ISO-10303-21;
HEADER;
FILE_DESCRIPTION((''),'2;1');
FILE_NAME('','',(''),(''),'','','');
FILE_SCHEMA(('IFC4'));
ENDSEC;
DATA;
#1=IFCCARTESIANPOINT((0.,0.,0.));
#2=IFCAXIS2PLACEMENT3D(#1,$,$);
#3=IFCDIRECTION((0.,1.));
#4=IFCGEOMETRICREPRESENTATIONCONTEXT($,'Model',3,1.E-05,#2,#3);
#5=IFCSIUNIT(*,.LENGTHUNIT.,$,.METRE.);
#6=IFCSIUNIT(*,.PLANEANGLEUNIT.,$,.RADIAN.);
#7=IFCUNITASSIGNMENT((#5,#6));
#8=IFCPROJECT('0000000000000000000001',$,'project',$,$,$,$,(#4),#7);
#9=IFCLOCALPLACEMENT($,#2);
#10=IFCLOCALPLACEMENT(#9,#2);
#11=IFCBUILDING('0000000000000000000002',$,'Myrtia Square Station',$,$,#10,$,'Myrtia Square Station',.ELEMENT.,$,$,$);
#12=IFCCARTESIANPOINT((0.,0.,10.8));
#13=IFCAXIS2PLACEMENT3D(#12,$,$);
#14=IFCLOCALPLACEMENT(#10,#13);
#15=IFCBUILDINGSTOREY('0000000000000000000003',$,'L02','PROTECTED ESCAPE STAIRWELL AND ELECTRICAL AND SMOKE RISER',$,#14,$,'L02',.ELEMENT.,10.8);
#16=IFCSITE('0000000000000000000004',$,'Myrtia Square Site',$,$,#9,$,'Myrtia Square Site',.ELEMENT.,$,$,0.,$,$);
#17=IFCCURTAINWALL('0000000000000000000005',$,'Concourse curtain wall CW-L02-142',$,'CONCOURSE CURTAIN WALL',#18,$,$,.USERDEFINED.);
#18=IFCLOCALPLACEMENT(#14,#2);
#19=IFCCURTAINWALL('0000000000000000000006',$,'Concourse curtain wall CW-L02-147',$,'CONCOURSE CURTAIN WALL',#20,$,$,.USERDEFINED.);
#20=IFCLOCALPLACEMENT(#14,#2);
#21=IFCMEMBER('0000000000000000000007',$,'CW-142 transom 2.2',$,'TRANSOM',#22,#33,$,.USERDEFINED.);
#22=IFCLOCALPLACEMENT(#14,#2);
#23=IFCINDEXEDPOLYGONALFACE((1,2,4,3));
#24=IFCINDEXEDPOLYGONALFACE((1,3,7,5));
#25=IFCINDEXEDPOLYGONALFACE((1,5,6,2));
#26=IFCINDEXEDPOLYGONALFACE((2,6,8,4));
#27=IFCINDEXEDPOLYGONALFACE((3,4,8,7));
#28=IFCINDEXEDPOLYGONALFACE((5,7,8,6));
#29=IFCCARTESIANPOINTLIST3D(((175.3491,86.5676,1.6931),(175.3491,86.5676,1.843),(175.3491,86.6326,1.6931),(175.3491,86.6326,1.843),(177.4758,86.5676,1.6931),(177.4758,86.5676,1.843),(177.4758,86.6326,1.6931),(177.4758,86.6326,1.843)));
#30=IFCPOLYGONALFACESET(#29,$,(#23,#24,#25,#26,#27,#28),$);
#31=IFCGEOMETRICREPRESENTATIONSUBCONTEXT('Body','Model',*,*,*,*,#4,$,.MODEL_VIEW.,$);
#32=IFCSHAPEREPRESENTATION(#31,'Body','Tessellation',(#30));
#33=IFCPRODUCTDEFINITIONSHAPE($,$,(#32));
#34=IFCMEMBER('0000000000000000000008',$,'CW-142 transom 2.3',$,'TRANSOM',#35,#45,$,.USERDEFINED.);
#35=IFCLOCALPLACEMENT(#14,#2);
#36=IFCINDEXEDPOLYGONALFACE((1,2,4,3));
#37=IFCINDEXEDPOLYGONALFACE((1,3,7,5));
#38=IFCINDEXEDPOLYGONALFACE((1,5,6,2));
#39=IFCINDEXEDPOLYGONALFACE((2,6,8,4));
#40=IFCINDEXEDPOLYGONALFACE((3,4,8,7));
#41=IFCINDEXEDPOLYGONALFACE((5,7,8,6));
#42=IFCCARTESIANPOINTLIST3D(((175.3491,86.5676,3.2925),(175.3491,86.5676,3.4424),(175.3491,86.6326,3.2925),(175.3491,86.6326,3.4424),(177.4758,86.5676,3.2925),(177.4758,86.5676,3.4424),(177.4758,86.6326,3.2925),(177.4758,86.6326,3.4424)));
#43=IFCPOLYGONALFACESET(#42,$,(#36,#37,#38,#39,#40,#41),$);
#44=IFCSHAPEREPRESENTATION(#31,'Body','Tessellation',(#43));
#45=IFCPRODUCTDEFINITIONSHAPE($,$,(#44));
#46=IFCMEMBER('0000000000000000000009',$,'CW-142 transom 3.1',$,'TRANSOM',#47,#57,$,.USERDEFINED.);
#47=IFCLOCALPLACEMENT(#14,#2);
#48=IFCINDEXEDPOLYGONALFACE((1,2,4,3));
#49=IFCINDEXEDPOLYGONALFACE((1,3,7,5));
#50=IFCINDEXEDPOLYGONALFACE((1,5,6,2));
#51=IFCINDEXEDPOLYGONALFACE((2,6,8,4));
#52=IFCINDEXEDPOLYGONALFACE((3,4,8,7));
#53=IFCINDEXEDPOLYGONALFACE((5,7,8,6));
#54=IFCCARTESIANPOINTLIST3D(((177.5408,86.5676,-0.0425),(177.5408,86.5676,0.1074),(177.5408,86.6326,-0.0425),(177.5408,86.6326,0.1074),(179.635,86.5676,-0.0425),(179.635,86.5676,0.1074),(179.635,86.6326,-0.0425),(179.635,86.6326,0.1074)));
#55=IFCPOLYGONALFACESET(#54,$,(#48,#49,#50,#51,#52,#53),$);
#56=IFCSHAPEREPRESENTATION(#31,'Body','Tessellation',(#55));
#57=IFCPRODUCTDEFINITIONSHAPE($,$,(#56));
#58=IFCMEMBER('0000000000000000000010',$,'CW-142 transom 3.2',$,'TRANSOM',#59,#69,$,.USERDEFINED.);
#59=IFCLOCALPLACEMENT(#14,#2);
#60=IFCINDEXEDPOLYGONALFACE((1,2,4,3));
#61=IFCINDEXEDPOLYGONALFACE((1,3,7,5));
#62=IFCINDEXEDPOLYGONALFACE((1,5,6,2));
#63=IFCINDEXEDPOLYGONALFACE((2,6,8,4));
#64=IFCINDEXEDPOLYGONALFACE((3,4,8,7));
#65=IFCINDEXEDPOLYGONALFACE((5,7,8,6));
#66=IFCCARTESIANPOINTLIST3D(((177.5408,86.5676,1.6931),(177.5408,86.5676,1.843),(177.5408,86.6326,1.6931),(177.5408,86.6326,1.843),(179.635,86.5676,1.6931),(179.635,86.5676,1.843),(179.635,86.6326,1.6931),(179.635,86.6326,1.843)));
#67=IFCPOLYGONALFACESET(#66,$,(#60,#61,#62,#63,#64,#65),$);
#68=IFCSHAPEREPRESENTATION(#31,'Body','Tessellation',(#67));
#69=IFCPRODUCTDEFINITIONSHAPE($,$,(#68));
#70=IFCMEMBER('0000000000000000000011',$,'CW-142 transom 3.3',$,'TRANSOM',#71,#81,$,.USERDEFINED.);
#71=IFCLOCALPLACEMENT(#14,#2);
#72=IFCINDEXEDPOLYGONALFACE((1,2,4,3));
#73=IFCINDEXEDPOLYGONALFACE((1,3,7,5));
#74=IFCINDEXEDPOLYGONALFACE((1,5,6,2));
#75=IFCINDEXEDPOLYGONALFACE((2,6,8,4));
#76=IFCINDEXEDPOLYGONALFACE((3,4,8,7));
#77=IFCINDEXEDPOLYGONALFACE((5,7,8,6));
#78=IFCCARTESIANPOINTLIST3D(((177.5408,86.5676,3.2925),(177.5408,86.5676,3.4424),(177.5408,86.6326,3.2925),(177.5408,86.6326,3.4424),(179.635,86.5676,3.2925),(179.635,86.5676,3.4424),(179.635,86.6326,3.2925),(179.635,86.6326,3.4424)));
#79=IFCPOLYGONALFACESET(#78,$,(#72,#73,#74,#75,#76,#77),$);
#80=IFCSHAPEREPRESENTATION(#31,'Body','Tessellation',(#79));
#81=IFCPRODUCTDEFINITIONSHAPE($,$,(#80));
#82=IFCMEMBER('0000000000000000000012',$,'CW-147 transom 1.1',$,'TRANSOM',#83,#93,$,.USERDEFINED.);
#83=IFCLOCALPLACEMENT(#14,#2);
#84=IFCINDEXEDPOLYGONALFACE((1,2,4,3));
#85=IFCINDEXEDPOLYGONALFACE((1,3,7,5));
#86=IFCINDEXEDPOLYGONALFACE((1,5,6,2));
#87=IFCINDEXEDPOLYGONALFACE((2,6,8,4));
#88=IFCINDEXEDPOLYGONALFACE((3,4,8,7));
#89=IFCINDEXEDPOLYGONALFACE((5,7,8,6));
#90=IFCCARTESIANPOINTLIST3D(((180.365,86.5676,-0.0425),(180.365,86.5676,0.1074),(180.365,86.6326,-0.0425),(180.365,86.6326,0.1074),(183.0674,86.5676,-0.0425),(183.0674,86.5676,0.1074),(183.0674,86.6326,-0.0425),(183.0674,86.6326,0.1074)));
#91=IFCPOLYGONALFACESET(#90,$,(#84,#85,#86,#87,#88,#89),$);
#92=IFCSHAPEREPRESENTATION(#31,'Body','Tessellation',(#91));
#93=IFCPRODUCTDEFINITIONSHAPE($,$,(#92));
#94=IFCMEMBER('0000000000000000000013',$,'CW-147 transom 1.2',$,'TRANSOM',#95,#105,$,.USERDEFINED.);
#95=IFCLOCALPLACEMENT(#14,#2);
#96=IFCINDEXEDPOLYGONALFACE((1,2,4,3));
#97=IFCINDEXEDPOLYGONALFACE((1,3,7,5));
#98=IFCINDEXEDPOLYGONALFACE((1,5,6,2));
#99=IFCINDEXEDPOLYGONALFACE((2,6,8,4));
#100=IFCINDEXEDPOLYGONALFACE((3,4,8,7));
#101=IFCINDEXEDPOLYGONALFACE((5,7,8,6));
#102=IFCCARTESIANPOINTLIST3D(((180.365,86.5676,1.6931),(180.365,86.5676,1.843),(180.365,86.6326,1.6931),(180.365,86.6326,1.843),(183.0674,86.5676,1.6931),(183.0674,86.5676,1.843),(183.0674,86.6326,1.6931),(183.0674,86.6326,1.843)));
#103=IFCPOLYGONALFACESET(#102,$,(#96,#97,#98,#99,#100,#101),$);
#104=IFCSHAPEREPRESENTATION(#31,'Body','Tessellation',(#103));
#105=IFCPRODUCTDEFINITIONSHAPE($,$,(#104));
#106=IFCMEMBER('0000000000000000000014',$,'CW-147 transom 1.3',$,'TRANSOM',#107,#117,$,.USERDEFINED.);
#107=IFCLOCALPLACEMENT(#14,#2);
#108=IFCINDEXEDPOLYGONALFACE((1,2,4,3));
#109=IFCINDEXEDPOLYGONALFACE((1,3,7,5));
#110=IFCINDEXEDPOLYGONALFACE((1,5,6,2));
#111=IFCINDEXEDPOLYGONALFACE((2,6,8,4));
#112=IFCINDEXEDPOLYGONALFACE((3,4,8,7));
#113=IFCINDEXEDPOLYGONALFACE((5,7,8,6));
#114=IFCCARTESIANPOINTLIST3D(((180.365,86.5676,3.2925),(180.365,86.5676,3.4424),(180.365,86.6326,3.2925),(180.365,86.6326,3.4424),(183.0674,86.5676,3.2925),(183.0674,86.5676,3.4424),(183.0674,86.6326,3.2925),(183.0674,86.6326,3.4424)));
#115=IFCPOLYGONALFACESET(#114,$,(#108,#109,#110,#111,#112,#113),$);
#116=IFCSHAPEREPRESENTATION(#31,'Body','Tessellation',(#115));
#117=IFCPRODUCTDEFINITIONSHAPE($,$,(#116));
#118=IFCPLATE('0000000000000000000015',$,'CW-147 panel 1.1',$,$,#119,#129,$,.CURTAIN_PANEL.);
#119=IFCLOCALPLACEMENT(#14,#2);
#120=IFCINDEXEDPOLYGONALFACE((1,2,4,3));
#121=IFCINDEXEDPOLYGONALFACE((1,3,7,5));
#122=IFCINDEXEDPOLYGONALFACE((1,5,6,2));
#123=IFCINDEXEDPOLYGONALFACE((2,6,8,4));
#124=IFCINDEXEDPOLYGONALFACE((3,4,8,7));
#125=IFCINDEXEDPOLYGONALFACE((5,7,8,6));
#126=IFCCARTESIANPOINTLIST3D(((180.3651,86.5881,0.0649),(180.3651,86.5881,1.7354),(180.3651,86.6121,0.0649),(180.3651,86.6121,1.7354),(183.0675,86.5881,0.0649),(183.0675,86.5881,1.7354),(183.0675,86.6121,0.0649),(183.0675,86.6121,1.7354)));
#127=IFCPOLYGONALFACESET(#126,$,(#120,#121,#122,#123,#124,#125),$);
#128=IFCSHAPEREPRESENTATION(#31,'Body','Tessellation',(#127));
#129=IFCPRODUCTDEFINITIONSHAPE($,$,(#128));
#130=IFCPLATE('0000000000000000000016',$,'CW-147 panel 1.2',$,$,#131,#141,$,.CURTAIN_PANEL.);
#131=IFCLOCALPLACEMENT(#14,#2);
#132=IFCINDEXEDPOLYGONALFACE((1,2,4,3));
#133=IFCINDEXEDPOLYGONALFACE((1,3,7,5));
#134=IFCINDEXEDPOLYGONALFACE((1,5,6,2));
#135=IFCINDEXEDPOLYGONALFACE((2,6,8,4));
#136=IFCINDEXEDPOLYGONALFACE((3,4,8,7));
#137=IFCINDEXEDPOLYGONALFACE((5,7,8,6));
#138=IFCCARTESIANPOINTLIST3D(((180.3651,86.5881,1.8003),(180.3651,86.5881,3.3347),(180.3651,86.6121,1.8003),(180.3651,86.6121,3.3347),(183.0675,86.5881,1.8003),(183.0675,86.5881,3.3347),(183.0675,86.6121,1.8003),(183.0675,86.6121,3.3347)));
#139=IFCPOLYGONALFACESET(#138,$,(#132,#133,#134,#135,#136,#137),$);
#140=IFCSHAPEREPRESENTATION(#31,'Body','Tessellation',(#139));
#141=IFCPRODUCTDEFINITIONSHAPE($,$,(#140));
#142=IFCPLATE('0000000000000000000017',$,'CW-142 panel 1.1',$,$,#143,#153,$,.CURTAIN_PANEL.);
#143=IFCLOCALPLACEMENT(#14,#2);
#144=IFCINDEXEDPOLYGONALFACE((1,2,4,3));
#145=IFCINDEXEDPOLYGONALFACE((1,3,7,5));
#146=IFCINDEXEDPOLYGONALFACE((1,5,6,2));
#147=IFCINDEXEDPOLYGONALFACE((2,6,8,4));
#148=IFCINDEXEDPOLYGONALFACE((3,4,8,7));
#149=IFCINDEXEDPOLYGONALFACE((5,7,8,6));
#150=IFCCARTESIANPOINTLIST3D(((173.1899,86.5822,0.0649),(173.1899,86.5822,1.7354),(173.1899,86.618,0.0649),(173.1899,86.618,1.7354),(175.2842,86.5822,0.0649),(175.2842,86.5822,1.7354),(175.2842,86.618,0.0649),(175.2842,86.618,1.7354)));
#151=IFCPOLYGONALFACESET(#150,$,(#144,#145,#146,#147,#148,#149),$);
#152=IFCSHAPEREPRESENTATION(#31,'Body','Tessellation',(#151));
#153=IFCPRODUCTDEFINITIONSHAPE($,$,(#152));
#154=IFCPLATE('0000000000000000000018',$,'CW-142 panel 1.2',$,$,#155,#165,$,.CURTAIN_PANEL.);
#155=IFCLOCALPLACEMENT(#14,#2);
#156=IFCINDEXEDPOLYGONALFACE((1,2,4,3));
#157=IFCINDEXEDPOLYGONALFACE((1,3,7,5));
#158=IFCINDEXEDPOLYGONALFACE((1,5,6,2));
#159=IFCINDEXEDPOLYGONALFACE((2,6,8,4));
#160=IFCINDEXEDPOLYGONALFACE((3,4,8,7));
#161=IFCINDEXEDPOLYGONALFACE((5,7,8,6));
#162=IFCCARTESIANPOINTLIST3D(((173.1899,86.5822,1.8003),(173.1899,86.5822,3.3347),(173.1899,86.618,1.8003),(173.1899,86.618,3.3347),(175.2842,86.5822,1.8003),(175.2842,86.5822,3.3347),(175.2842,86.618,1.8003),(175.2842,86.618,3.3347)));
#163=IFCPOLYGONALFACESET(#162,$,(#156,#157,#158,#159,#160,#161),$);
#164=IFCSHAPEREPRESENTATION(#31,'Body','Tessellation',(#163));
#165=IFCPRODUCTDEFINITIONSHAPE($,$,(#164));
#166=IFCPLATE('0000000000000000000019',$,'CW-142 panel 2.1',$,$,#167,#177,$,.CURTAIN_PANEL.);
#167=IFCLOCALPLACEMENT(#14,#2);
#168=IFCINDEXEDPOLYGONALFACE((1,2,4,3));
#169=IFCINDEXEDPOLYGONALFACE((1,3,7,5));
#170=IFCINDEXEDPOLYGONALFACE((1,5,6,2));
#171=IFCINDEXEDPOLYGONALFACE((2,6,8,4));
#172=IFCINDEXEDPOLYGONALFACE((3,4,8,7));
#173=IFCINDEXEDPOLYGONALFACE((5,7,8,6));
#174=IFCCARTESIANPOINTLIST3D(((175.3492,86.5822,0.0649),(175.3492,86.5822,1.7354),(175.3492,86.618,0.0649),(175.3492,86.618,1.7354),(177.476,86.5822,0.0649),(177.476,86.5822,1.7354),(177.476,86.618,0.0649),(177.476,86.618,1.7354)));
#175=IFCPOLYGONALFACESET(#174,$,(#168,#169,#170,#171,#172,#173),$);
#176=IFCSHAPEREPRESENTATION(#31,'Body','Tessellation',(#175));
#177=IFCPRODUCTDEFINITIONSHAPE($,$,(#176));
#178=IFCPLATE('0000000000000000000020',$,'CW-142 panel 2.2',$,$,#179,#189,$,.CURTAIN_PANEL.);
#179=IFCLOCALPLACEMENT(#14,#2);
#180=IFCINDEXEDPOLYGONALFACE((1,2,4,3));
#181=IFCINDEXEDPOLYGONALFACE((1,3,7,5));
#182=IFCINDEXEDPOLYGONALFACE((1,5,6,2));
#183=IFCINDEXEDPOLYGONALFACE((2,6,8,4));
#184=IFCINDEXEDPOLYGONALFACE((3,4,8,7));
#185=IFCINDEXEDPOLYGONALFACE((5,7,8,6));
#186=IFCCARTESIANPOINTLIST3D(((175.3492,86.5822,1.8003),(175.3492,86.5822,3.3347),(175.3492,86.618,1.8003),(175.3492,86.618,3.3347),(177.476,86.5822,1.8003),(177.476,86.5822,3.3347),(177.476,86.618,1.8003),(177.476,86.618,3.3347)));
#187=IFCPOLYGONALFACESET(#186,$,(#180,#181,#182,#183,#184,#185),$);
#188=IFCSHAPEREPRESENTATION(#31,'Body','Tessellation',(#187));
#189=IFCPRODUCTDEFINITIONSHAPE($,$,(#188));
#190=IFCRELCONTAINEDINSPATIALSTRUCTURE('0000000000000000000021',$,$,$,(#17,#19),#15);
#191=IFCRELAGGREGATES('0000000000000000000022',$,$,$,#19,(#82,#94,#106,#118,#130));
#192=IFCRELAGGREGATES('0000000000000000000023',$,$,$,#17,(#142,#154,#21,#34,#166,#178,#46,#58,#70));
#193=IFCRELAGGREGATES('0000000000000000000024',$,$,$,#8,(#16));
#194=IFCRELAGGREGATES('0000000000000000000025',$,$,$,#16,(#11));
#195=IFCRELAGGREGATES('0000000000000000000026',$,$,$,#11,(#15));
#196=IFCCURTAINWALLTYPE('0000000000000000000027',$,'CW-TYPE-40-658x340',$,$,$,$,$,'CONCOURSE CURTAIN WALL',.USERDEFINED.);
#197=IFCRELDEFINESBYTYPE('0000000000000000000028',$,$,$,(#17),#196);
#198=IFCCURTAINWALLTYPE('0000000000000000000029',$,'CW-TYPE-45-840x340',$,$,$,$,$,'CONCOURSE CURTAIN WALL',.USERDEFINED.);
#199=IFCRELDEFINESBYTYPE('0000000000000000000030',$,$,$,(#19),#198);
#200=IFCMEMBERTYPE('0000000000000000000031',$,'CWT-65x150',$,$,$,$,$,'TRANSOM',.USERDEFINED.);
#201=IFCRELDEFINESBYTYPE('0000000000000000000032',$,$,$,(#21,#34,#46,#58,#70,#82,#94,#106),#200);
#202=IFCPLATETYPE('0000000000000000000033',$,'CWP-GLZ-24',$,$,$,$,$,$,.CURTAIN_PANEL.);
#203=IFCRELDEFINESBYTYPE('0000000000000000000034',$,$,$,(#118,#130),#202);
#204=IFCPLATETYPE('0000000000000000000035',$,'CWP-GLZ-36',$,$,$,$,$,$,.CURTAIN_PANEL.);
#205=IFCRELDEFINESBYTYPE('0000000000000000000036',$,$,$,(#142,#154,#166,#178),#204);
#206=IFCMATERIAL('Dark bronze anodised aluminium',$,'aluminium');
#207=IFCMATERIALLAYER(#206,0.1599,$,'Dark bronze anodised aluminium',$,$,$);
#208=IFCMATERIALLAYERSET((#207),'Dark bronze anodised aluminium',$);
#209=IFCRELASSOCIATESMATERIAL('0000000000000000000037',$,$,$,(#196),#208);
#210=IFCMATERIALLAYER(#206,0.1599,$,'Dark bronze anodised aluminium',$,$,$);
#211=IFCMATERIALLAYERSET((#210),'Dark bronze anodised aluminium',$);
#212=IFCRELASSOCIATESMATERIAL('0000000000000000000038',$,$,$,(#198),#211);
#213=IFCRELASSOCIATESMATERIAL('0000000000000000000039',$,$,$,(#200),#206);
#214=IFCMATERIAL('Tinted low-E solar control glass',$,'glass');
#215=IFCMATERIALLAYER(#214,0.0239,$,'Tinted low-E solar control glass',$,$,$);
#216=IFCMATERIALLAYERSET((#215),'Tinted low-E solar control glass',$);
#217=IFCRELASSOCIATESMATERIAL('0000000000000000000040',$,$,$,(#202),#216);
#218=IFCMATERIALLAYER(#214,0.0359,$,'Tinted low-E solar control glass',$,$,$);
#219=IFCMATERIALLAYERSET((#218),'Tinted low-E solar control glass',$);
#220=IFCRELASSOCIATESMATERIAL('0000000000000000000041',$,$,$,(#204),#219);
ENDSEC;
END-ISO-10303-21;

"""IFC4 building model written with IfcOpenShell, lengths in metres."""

from ifc_helpers import new_model, si_unit, direction, frame, origin, origin_2d, place, context, subcontext, project, spatial, rectangle, extrude, material, layer, layer_set, material_profile, profile_set, type_object, element, aggregate, save


model = new_model("IFC4")

# Units and contexts
model_context = context("Model", 3, precision=1e-05, world=origin(), true_north=direction((0.0, 1.0)))
body_context = subcontext(model_context, "Body", "Model", "MODEL_VIEW")
ifc_project = project(units=[si_unit("LENGTHUNIT", "METRE"), si_unit("PLANEANGLEUNIT", "RADIAN")], contexts=[model_context])

# Site, building, storey
site_placement = place(None, origin())
site = spatial("IfcSite", under=ifc_project, at=site_placement, Name="Myrtia Square Site", LongName="Myrtia Square Site", CompositionType="ELEMENT", RefElevation=0.0)
building_placement = place(site_placement, origin())
building = spatial("IfcBuilding", under=site, at=building_placement, Name="Myrtia Square Station", LongName="Myrtia Square Station", CompositionType="ELEMENT")
storey_placement = place(building_placement, frame((0.0, 0.0, 10.8)))
storey = spatial("IfcBuildingStorey", under=building, at=storey_placement, Name="L02", Description="PROTECTED ESCAPE STAIRWELL AND ELECTRICAL AND SMOKE RISER", LongName="L02", CompositionType="ELEMENT", Elevation=10.8)

# Curtain wall
ifc_material_1 = material(Name="Dark bronze anodised aluminium", Category="aluminium")
ifc_layer_1 = layer(ifc_material_1, 0.1599, Name="Dark bronze anodised aluminium")
ifc_layer_set_1 = layer_set([ifc_layer_1], Name="Dark bronze anodised aluminium")
curtain_wall_type_1 = type_object("IfcCurtainWallType", Name="CW-TYPE-40-658x340", ElementType="CONCOURSE CURTAIN WALL", PredefinedType="USERDEFINED", material=ifc_layer_set_1)
curtain_wall_1_placement = place(storey_placement, origin())
curtain_wall_1 = element("IfcCurtainWall", 1, at=curtain_wall_1_placement, inside=storey, type_object=curtain_wall_type_1, Name="Concourse curtain wall CW-L02-142", ObjectType="CONCOURSE CURTAIN WALL", PredefinedType="USERDEFINED")

# Curtain wall
ifc_layer_2 = layer(ifc_material_1, 0.1599, Name="Dark bronze anodised aluminium")
ifc_layer_set_2 = layer_set([ifc_layer_2], Name="Dark bronze anodised aluminium")
curtain_wall_type_2 = type_object("IfcCurtainWallType", Name="CW-TYPE-45-840x340", ElementType="CONCOURSE CURTAIN WALL", PredefinedType="USERDEFINED", material=ifc_layer_set_2)
curtain_wall_2_placement = place(storey_placement, origin())
curtain_wall_2 = element("IfcCurtainWall", 2, at=curtain_wall_2_placement, inside=storey, type_object=curtain_wall_type_2, Name="Concourse curtain wall CW-L02-147", ObjectType="CONCOURSE CURTAIN WALL", PredefinedType="USERDEFINED")

# Members
ifc_material_profile_1 = material_profile(ifc_material_1, rectangle(XDim=0.0649, YDim=0.1499, at=origin_2d()), Name="ALU-T 65x150")
ifc_profile_set_1 = profile_set([ifc_material_profile_1], Name="Dark bronze anodised aluminium")
member_type_1 = type_object("IfcMemberType", Name="CWT-65x150", ElementType="TRANSOM", PredefinedType="USERDEFINED", material=ifc_profile_set_1)
member_1_placement = place(storey_placement, frame((175.3491, 86.6001, 1.7681), z_axis=(1.0, 0.0, 0.0), x_axis=(0.0, 1.0, 0.0)))
member_1 = element("IfcMember", 3, at=member_1_placement, type_object=member_type_1, Name="CW-142 transom 2.2", ObjectType="TRANSOM", PredefinedType="USERDEFINED", context=body_context, shape_type="SweptSolid", body=[
    extrude(rectangle(XDim=0.0649, YDim=0.1499, at=origin_2d()), origin(), (0.0, 0.0, 1.0), 2.1267),
])
member_2_placement = place(storey_placement, frame((175.3491, 86.6001, 3.3674), z_axis=(1.0, 0.0, 0.0), x_axis=(0.0, 1.0, 0.0)))
member_2 = element("IfcMember", 4, at=member_2_placement, type_object=member_type_1, Name="CW-142 transom 2.3", ObjectType="TRANSOM", PredefinedType="USERDEFINED", context=body_context, shape_type="SweptSolid", body=[
    extrude(rectangle(XDim=0.0649, YDim=0.1499, at=origin_2d()), origin(), (0.0, 0.0, 1.0), 2.1267),
])
member_3_placement = place(storey_placement, frame((177.5408, 86.6001, 0.0325), z_axis=(1.0, 0.0, 0.0), x_axis=(0.0, 1.0, 0.0)))
member_3 = element("IfcMember", 5, at=member_3_placement, type_object=member_type_1, Name="CW-142 transom 3.1", ObjectType="TRANSOM", PredefinedType="USERDEFINED", context=body_context, shape_type="SweptSolid", body=[
    extrude(rectangle(XDim=0.0649, YDim=0.1499, at=origin_2d()), origin(), (0.0, 0.0, 1.0), 2.0942),
])
member_4_placement = place(storey_placement, frame((177.5408, 86.6001, 1.7681), z_axis=(1.0, 0.0, 0.0), x_axis=(0.0, 1.0, 0.0)))
member_4 = element("IfcMember", 6, at=member_4_placement, type_object=member_type_1, Name="CW-142 transom 3.2", ObjectType="TRANSOM", PredefinedType="USERDEFINED", context=body_context, shape_type="SweptSolid", body=[
    extrude(rectangle(XDim=0.0649, YDim=0.1499, at=origin_2d()), origin(), (0.0, 0.0, 1.0), 2.0942),
])
member_5_placement = place(storey_placement, frame((177.5408, 86.6001, 3.3674), z_axis=(1.0, 0.0, 0.0), x_axis=(0.0, 1.0, 0.0)))
member_5 = element("IfcMember", 7, at=member_5_placement, type_object=member_type_1, Name="CW-142 transom 3.3", ObjectType="TRANSOM", PredefinedType="USERDEFINED", context=body_context, shape_type="SweptSolid", body=[
    extrude(rectangle(XDim=0.0649, YDim=0.1499, at=origin_2d()), origin(), (0.0, 0.0, 1.0), 2.0942),
])
member_6_placement = place(storey_placement, frame((180.365, 86.6001, 0.0325), z_axis=(1.0, 0.0, 0.0), x_axis=(0.0, 1.0, 0.0)))
member_6 = element("IfcMember", 8, at=member_6_placement, type_object=member_type_1, Name="CW-147 transom 1.1", ObjectType="TRANSOM", PredefinedType="USERDEFINED", context=body_context, shape_type="SweptSolid", body=[
    extrude(rectangle(XDim=0.0649, YDim=0.1499, at=origin_2d()), origin(), (0.0, 0.0, 1.0), 2.7024),
])
member_7_placement = place(storey_placement, frame((180.365, 86.6001, 1.7681), z_axis=(1.0, 0.0, 0.0), x_axis=(0.0, 1.0, 0.0)))
member_7 = element("IfcMember", 9, at=member_7_placement, type_object=member_type_1, Name="CW-147 transom 1.2", ObjectType="TRANSOM", PredefinedType="USERDEFINED", context=body_context, shape_type="SweptSolid", body=[
    extrude(rectangle(XDim=0.0649, YDim=0.1499, at=origin_2d()), origin(), (0.0, 0.0, 1.0), 2.7024),
])
member_8_placement = place(storey_placement, frame((180.365, 86.6001, 3.3674), z_axis=(1.0, 0.0, 0.0), x_axis=(0.0, 1.0, 0.0)))
member_8 = element("IfcMember", 10, at=member_8_placement, type_object=member_type_1, Name="CW-147 transom 1.3", ObjectType="TRANSOM", PredefinedType="USERDEFINED", context=body_context, shape_type="SweptSolid", body=[
    extrude(rectangle(XDim=0.0649, YDim=0.1499, at=origin_2d()), origin(), (0.0, 0.0, 1.0), 2.7024),
])

# Plates
ifc_material_2 = material(Name="Tinted low-E solar control glass", Category="glass")
ifc_layer_3 = layer(ifc_material_2, 0.0239, Name="Tinted low-E solar control glass")
ifc_layer_set_3 = layer_set([ifc_layer_3], Name="Tinted low-E solar control glass")
plate_type_1 = type_object("IfcPlateType", Name="CWP-GLZ-24", PredefinedType="CURTAIN_PANEL", material=ifc_layer_set_3)
plate_1_placement = place(storey_placement, frame((181.7163, 86.6001, 0.0649), z_axis=(0.0, 0.0, 1.0), x_axis=(1.0, 0.0, 0.0)))
plate_1 = element("IfcPlate", 11, at=plate_1_placement, type_object=plate_type_1, Name="CW-147 panel 1.1", PredefinedType="CURTAIN_PANEL", context=body_context, shape_type="SweptSolid", body=[
    extrude(rectangle(XDim=2.7024, YDim=0.0239, at=origin_2d()), origin(), (0.0, 0.0, 1.0), 1.6704),
])
plate_2_placement = place(storey_placement, frame((181.7163, 86.6001, 1.8003), z_axis=(0.0, 0.0, 1.0), x_axis=(1.0, 0.0, 0.0)))
plate_2 = element("IfcPlate", 12, at=plate_2_placement, type_object=plate_type_1, Name="CW-147 panel 1.2", PredefinedType="CURTAIN_PANEL", context=body_context, shape_type="SweptSolid", body=[
    extrude(rectangle(XDim=2.7024, YDim=0.0239, at=origin_2d()), origin(), (0.0, 0.0, 1.0), 1.5344),
])
aggregate(curtain_wall_2, [member_6, member_7, member_8, plate_1, plate_2])
ifc_layer_4 = layer(ifc_material_2, 0.0359, Name="Tinted low-E solar control glass")
ifc_layer_set_4 = layer_set([ifc_layer_4], Name="Tinted low-E solar control glass")
plate_type_2 = type_object("IfcPlateType", Name="CWP-GLZ-36", PredefinedType="CURTAIN_PANEL", material=ifc_layer_set_4)
plate_3_placement = place(storey_placement, frame((174.2371, 86.6001, 0.0649), z_axis=(0.0, 0.0, 1.0), x_axis=(1.0, 0.0, 0.0)))
plate_3 = element("IfcPlate", 13, at=plate_3_placement, type_object=plate_type_2, Name="CW-142 panel 1.1", PredefinedType="CURTAIN_PANEL", context=body_context, shape_type="SweptSolid", body=[
    extrude(rectangle(XDim=2.0942, YDim=0.0359, at=origin_2d()), origin(), (0.0, 0.0, 1.0), 1.6704),
])
plate_4_placement = place(storey_placement, frame((174.2371, 86.6001, 1.8003), z_axis=(0.0, 0.0, 1.0), x_axis=(1.0, 0.0, 0.0)))
plate_4 = element("IfcPlate", 14, at=plate_4_placement, type_object=plate_type_2, Name="CW-142 panel 1.2", PredefinedType="CURTAIN_PANEL", context=body_context, shape_type="SweptSolid", body=[
    extrude(rectangle(XDim=2.0942, YDim=0.0359, at=origin_2d()), origin(), (0.0, 0.0, 1.0), 1.5344),
])
plate_5_placement = place(storey_placement, frame((176.4126, 86.6001, 0.0649), z_axis=(0.0, 0.0, 1.0), x_axis=(1.0, 0.0, 0.0)))
plate_5 = element("IfcPlate", 15, at=plate_5_placement, type_object=plate_type_2, Name="CW-142 panel 2.1", PredefinedType="CURTAIN_PANEL", context=body_context, shape_type="SweptSolid", body=[
    extrude(rectangle(XDim=2.1267, YDim=0.0359, at=origin_2d()), origin(), (0.0, 0.0, 1.0), 1.6704),
])
plate_6_placement = place(storey_placement, frame((176.4126, 86.6001, 1.8003), z_axis=(0.0, 0.0, 1.0), x_axis=(1.0, 0.0, 0.0)))
plate_6 = element("IfcPlate", 16, at=plate_6_placement, type_object=plate_type_2, Name="CW-142 panel 2.2", PredefinedType="CURTAIN_PANEL", context=body_context, shape_type="SweptSolid", body=[
    extrude(rectangle(XDim=2.1267, YDim=0.0359, at=origin_2d()), origin(), (0.0, 0.0, 1.0), 1.5344),
])
aggregate(curtain_wall_1, [plate_3, plate_4, member_1, member_2, plate_5, plate_6, member_3, member_4, member_5])

save(model, "model.ifc")
